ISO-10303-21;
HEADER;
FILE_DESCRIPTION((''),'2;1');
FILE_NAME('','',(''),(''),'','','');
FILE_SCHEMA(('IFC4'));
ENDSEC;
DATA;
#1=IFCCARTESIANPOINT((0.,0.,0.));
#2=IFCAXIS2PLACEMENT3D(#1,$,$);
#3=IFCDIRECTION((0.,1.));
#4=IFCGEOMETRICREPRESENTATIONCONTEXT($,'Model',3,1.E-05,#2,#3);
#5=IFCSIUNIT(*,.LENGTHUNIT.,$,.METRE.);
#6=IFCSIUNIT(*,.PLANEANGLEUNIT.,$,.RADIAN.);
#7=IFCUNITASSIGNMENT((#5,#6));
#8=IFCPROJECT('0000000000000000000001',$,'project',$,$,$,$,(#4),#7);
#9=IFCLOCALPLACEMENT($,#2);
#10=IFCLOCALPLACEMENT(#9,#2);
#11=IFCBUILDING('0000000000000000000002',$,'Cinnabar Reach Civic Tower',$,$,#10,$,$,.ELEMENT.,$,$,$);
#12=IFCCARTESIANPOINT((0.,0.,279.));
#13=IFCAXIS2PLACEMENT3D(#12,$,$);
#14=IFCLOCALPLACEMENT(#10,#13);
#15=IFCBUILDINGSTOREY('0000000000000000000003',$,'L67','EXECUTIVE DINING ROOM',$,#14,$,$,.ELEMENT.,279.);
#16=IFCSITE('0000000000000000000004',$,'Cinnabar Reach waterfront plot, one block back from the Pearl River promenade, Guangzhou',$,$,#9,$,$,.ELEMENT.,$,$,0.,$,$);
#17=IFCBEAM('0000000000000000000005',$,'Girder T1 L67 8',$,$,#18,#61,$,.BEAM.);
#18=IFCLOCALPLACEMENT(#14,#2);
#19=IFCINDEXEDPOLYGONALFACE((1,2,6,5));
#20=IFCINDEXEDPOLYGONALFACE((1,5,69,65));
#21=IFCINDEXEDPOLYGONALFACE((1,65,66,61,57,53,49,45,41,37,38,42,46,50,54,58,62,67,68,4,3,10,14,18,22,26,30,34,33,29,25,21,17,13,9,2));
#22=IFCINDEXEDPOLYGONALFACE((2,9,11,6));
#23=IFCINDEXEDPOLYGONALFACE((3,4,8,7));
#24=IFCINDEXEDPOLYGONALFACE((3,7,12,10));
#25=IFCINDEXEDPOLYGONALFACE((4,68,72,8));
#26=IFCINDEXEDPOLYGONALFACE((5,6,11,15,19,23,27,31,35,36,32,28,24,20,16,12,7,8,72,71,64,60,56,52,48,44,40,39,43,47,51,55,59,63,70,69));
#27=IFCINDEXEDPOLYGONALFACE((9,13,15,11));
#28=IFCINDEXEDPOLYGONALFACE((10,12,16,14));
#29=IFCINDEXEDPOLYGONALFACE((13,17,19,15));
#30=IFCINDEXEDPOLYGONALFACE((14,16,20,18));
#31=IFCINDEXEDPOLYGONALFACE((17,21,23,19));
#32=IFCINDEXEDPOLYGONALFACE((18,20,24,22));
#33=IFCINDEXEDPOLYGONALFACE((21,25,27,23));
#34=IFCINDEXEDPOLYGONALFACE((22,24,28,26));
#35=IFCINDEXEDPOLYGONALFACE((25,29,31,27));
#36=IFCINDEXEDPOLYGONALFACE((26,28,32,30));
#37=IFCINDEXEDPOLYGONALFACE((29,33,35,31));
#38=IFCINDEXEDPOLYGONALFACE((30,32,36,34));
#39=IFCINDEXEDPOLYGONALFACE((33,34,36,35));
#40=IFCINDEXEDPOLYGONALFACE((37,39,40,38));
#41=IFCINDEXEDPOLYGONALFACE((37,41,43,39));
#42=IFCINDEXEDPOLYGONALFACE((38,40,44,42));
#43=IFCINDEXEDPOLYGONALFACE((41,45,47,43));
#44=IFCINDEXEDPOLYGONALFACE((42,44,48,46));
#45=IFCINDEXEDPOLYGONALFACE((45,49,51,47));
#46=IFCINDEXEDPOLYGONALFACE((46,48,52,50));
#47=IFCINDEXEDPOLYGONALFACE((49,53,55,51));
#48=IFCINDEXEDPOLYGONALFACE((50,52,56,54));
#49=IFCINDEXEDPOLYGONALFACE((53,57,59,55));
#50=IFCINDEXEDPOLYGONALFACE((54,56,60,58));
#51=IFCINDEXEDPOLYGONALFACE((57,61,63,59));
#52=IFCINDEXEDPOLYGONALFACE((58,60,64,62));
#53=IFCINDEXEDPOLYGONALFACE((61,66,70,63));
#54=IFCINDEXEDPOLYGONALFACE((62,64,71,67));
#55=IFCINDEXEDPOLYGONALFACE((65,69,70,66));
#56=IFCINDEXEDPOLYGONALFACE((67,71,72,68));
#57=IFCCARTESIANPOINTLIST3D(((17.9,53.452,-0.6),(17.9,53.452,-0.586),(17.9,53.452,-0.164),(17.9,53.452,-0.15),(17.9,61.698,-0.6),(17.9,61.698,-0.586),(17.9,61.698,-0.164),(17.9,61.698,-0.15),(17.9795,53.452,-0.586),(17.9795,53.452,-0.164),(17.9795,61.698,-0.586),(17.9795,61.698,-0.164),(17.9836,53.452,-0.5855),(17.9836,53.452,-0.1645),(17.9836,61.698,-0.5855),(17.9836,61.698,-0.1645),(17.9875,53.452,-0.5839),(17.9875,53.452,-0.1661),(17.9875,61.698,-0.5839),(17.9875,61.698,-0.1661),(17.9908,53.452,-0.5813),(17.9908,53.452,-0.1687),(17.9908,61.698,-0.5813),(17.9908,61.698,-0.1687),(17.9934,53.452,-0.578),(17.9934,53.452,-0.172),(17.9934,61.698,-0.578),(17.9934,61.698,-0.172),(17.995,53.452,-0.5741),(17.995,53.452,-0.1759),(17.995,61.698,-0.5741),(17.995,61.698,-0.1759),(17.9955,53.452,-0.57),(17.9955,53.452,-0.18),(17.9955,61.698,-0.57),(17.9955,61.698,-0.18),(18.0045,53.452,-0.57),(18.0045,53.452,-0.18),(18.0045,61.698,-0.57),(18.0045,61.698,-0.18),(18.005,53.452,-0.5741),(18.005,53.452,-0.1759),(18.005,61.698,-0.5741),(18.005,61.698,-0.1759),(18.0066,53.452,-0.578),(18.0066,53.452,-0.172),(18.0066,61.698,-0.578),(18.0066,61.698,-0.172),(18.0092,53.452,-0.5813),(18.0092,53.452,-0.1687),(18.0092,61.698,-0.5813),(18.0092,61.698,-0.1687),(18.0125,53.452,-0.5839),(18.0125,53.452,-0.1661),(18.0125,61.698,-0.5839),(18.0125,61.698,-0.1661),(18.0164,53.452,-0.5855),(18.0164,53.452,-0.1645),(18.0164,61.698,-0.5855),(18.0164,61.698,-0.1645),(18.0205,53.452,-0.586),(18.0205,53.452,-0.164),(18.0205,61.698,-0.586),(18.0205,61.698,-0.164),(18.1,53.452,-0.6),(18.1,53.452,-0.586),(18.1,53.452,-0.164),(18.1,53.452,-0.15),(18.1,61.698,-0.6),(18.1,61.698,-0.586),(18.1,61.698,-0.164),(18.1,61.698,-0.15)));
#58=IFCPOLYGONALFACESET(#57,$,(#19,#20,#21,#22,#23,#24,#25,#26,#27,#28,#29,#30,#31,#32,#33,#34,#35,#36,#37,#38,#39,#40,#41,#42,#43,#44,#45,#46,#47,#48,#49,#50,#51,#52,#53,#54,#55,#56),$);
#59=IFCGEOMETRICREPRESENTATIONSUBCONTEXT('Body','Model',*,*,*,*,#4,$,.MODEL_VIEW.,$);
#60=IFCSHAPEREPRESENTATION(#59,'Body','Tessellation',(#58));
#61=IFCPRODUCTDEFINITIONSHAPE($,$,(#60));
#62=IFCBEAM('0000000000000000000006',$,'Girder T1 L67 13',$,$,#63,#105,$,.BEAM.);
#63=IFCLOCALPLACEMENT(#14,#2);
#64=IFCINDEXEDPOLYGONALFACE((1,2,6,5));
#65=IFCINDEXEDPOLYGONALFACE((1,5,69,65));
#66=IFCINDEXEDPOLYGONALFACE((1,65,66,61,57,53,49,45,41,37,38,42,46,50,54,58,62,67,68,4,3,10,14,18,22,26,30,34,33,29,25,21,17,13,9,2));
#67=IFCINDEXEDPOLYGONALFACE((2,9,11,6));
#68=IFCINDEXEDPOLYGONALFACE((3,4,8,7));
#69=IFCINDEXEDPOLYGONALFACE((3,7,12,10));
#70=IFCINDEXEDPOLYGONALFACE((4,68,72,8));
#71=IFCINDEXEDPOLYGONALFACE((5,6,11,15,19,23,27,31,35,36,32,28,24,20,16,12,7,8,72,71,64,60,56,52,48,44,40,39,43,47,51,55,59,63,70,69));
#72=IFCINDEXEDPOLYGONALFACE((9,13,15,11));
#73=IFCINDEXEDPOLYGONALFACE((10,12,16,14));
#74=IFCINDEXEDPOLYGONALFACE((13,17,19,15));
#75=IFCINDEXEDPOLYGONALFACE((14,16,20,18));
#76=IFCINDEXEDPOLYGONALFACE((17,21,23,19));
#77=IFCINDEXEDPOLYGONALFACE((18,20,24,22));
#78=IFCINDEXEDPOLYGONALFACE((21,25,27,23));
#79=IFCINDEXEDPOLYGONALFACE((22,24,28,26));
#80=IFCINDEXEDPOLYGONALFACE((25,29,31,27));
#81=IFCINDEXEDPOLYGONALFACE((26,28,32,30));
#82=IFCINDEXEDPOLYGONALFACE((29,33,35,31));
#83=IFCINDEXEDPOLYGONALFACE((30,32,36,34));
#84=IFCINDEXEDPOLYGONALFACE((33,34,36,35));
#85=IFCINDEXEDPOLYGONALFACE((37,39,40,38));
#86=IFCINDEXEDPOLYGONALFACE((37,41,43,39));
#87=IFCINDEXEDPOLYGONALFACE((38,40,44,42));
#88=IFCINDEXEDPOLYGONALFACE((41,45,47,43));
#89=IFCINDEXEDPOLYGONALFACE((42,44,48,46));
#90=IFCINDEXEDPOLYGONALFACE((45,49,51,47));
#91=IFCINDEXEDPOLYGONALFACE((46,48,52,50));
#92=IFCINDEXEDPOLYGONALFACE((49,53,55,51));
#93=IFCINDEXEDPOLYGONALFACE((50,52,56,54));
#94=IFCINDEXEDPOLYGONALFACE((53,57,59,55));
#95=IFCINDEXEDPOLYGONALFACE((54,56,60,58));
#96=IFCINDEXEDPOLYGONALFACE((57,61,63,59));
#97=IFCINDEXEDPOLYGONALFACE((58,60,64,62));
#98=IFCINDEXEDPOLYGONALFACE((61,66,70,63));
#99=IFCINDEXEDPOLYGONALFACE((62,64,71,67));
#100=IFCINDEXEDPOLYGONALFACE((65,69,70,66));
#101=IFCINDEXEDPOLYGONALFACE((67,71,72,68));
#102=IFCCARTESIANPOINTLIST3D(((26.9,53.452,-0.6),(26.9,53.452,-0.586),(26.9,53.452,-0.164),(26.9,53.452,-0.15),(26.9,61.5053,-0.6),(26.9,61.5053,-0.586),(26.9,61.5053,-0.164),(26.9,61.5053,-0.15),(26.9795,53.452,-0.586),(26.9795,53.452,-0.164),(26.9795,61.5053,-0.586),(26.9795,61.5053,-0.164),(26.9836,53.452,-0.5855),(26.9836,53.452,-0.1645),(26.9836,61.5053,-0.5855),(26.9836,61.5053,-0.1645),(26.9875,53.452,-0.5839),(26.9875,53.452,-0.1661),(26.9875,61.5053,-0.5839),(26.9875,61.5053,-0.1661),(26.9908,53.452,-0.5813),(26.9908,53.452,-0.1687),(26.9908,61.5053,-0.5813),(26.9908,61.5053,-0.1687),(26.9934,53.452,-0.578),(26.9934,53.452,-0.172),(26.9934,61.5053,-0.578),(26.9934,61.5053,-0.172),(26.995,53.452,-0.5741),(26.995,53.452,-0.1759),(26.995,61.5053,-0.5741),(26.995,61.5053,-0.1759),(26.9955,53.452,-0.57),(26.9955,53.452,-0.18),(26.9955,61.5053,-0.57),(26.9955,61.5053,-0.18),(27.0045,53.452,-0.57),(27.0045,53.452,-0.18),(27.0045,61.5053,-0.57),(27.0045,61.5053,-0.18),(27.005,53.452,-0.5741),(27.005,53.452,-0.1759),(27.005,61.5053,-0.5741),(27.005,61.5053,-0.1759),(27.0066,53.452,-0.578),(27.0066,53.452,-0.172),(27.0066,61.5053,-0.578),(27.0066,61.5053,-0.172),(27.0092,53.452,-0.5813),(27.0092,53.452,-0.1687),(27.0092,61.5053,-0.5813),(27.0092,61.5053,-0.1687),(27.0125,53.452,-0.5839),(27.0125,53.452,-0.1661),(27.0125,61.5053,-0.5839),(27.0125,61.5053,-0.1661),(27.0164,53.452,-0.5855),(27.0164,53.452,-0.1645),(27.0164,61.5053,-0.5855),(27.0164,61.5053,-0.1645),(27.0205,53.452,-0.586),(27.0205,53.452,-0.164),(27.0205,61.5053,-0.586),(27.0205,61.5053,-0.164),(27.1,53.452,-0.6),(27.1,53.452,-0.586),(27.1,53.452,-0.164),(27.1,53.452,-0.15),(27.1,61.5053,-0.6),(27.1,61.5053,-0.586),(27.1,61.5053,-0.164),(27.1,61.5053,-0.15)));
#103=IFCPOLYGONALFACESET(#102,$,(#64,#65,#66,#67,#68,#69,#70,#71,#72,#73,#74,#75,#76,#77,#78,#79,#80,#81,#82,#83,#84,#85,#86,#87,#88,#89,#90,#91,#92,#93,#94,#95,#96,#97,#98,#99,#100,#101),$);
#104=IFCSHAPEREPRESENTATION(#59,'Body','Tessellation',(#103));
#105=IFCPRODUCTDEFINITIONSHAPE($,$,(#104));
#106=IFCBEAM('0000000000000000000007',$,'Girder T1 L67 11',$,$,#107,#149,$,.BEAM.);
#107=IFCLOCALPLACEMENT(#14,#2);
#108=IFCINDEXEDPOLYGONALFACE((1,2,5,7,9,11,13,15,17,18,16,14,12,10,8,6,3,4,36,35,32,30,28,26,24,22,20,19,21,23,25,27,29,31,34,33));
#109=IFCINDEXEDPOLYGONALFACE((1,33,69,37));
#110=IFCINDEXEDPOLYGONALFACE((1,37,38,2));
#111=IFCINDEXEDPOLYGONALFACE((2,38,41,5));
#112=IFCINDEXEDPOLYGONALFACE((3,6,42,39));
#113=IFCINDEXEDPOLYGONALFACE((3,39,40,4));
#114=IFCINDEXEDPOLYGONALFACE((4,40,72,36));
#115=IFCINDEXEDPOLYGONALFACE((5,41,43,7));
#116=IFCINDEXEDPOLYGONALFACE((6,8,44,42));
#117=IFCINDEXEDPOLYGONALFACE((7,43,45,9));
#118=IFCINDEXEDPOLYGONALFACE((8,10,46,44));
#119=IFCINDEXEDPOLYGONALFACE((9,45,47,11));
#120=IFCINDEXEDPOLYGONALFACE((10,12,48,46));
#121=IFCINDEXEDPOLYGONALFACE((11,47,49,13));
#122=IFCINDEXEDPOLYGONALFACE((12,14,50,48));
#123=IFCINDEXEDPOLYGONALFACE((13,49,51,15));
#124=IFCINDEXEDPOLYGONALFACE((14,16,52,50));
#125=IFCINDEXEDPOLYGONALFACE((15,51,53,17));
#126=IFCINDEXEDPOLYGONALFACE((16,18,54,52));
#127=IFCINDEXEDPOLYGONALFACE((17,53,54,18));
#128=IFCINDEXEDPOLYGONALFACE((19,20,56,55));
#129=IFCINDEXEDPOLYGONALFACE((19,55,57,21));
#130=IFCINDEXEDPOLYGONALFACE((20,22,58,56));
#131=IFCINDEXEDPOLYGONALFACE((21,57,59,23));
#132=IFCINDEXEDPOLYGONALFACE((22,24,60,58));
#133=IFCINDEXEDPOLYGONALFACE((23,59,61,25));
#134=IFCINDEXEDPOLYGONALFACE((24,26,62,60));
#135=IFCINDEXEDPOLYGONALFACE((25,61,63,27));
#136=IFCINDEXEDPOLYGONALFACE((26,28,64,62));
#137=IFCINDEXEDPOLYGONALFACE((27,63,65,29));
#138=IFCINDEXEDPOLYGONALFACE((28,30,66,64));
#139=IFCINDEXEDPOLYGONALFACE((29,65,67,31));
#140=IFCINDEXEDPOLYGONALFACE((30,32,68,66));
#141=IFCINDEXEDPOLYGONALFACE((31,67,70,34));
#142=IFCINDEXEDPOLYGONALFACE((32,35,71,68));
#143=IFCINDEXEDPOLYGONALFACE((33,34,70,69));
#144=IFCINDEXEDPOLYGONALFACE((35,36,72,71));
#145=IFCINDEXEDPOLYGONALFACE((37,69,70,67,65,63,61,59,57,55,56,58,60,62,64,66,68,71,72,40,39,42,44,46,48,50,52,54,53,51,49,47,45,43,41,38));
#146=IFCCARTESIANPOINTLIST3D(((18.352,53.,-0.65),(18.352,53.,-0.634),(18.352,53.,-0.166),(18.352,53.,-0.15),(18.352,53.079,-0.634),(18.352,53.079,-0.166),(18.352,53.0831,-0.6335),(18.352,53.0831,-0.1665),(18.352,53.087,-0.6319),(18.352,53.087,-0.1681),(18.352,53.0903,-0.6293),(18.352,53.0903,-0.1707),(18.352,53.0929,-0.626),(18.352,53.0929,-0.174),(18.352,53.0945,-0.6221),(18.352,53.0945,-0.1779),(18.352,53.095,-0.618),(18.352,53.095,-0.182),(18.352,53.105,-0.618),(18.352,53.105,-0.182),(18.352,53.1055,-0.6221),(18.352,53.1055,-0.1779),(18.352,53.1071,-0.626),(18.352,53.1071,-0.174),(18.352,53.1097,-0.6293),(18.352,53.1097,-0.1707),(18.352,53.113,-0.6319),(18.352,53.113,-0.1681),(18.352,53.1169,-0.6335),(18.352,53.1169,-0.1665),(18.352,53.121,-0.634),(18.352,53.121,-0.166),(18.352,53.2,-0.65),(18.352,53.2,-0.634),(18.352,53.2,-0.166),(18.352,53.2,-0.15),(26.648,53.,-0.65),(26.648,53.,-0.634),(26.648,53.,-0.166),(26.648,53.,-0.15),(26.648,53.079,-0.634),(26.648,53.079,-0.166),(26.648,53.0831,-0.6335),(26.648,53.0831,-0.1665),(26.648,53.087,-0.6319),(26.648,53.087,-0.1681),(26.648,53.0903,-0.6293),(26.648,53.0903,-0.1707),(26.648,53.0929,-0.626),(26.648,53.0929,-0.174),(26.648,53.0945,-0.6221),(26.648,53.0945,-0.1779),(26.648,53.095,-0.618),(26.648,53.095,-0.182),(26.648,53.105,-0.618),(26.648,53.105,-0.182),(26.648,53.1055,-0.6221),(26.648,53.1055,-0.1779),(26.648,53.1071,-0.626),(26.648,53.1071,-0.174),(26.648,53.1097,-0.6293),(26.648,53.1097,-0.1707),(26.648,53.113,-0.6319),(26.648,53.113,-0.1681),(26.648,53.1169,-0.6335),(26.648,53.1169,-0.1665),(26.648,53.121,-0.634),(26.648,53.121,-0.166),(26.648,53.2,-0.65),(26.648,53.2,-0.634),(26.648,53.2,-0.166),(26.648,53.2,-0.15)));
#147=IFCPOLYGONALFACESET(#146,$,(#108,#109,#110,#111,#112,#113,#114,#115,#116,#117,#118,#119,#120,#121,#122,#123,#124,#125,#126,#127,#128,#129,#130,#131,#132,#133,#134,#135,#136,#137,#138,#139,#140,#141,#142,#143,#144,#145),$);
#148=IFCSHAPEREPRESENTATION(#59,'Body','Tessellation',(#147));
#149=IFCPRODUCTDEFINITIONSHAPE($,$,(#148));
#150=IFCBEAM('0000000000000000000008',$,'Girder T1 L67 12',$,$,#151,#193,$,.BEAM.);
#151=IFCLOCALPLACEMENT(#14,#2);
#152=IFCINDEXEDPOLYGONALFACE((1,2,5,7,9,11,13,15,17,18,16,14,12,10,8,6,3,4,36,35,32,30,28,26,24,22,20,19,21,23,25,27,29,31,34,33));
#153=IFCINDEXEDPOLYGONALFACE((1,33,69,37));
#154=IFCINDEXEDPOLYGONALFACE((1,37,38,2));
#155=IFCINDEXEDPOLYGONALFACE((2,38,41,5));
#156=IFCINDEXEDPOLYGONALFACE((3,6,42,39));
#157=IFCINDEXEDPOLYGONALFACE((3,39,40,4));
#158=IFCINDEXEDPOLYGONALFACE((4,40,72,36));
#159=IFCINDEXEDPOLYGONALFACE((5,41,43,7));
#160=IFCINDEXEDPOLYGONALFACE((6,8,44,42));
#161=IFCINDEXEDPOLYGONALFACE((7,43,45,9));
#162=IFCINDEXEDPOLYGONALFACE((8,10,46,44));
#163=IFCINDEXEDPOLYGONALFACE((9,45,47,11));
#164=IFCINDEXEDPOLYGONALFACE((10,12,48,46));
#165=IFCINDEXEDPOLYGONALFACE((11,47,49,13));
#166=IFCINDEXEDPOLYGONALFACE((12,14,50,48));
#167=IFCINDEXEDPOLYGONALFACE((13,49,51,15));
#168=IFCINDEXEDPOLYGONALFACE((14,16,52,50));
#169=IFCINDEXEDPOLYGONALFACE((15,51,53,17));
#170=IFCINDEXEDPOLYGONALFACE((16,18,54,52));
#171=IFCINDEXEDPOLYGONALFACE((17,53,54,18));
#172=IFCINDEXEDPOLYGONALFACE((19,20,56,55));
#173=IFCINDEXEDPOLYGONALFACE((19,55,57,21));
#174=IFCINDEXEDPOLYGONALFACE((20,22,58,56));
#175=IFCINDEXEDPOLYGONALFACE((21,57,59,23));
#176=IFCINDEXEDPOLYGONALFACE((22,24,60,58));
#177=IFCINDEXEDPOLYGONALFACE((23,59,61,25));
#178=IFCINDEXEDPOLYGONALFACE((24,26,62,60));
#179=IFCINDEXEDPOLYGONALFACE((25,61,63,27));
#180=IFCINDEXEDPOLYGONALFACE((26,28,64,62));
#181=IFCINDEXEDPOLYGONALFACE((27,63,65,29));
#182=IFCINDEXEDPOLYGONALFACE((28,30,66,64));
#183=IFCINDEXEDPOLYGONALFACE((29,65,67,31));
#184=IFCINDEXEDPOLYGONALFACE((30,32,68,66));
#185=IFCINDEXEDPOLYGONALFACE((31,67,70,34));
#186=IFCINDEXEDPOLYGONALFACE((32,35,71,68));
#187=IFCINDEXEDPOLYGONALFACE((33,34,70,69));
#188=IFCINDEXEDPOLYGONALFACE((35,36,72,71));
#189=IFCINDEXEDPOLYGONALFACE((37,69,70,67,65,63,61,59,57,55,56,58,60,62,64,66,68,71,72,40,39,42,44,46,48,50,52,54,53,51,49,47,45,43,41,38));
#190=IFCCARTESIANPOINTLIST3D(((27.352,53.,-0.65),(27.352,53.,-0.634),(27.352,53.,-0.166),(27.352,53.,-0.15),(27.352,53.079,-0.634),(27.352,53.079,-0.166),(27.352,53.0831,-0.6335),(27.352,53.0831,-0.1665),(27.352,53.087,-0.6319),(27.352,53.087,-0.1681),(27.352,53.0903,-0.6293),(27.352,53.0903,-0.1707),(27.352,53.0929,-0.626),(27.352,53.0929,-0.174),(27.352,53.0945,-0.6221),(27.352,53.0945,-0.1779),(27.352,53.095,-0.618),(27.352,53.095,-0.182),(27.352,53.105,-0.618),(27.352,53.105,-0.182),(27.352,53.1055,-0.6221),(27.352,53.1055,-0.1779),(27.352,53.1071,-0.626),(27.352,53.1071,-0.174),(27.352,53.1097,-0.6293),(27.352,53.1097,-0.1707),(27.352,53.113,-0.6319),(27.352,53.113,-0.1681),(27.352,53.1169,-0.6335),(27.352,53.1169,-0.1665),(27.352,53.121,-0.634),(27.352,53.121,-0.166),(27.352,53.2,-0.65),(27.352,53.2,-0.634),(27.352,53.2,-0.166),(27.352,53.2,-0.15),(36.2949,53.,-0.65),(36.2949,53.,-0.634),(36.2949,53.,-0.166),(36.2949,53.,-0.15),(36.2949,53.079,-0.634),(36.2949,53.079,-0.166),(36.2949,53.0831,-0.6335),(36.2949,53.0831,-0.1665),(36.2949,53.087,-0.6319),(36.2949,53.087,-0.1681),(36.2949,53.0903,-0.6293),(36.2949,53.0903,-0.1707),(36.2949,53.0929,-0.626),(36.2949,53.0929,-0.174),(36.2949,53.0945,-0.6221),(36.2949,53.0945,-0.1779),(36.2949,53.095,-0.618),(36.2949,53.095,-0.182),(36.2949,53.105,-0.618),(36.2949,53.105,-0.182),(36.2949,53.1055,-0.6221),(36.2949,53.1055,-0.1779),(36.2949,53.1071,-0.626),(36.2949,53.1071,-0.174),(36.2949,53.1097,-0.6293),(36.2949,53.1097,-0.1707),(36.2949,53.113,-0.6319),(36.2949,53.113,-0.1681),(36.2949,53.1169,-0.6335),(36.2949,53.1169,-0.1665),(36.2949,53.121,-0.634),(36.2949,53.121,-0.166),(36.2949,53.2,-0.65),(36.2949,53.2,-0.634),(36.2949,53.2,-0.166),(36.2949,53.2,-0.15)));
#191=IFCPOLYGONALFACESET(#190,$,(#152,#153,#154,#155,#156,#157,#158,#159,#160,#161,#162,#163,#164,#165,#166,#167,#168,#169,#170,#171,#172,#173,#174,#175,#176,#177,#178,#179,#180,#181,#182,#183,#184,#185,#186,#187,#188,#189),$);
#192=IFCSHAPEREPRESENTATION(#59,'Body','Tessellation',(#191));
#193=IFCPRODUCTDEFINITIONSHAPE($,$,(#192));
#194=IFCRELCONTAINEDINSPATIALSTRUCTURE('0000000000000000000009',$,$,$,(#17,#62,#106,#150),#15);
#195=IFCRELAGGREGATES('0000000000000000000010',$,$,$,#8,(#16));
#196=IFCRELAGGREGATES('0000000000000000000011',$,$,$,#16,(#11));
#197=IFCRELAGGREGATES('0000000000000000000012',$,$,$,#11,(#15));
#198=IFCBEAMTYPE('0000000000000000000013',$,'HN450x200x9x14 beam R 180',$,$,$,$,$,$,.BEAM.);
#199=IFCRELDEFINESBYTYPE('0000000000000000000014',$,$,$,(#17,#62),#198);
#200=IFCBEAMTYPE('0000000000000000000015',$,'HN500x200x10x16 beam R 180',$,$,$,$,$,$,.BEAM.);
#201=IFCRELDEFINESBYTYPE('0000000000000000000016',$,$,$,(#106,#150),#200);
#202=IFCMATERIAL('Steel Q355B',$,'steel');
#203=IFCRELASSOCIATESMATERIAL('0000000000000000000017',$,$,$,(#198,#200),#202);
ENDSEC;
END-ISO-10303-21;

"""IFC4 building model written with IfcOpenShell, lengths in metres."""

from ifc_helpers import new_model, si_unit, direction, frame, origin, origin_2d, place, context, subcontext, project, spatial, i_section, extrude, material, material_profile, profile_set, type_object, element, save


model = new_model("IFC4")

# Units and contexts
model_context = context("Model", 3, precision=1e-05, world=origin(), true_north=direction((0.0, 1.0)))
body_context = subcontext(model_context, "Body", "Model", "MODEL_VIEW")
ifc_project = project(units=[si_unit("LENGTHUNIT", "METRE"), si_unit("PLANEANGLEUNIT", "RADIAN")], contexts=[model_context])

# Site, building, storey
site_placement = place(None, origin())
site = spatial("IfcSite", under=ifc_project, at=site_placement, Name="Cinnabar Reach waterfront plot, one block back from the Pearl River promenade, Guangzhou", CompositionType="ELEMENT", RefElevation=0.0)
building_placement = place(site_placement, origin())
building = spatial("IfcBuilding", under=site, at=building_placement, Name="Cinnabar Reach Civic Tower", CompositionType="ELEMENT")
storey_placement = place(building_placement, frame((0.0, 0.0, 279.0)))
storey = spatial("IfcBuildingStorey", under=building, at=storey_placement, Name="L67", Description="EXECUTIVE DINING ROOM", CompositionType="ELEMENT", Elevation=279.0)

# Beams
ifc_material_1 = material(Name="Steel Q355B", Category="steel")
ifc_material_profile_1 = material_profile(ifc_material_1, i_section(OverallWidth=0.2, OverallDepth=0.45, WebThickness=0.009, FlangeThickness=0.014, FilletRadius=0.016, at=origin_2d()), Name="HN450x200x9x14")
ifc_profile_set_1 = profile_set([ifc_material_profile_1], Name="Steel Q355B")
beam_type_1 = type_object("IfcBeamType", Name="HN450x200x9x14 beam R 180", PredefinedType="BEAM", material=ifc_profile_set_1)
beam_1_placement = place(storey_placement, frame((18.0, 53.452, -0.375), z_axis=(0.0, 1.0, 0.0), x_axis=(-1.0, 0.0, 0.0)))
element("IfcBeam", 1, at=beam_1_placement, inside=storey, type_object=beam_type_1, Name="Girder T1 L67 8", PredefinedType="BEAM", context=body_context, shape_type="SweptSolid", body=[
    extrude(i_section(OverallWidth=0.2, OverallDepth=0.45, WebThickness=0.009, FlangeThickness=0.014, FilletRadius=0.016, at=origin_2d()), origin(), (0.0, 0.0, 1.0), 8.246),
])
beam_2_placement = place(storey_placement, frame((27.0, 53.452, -0.375), z_axis=(0.0, 1.0, 0.0), x_axis=(-1.0, 0.0, 0.0)))
element("IfcBeam", 2, at=beam_2_placement, inside=storey, type_object=beam_type_1, Name="Girder T1 L67 13", PredefinedType="BEAM", context=body_context, shape_type="SweptSolid", body=[
    extrude(i_section(OverallWidth=0.2, OverallDepth=0.45, WebThickness=0.009, FlangeThickness=0.014, FilletRadius=0.016, at=origin_2d()), origin(), (0.0, 0.0, 1.0), 8.0533),
])
ifc_material_profile_2 = material_profile(ifc_material_1, i_section(OverallWidth=0.2, OverallDepth=0.5, WebThickness=0.01, FlangeThickness=0.016, FilletRadius=0.016, at=origin_2d()), Name="HN500x200x10x16")
ifc_profile_set_2 = profile_set([ifc_material_profile_2], Name="Steel Q355B")
beam_type_2 = type_object("IfcBeamType", Name="HN500x200x10x16 beam R 180", PredefinedType="BEAM", material=ifc_profile_set_2)
beam_3_placement = place(storey_placement, frame((18.352, 53.1, -0.4), z_axis=(1.0, 0.0, 0.0), x_axis=(0.0, 1.0, 0.0)))
element("IfcBeam", 3, at=beam_3_placement, inside=storey, type_object=beam_type_2, Name="Girder T1 L67 11", PredefinedType="BEAM", context=body_context, shape_type="SweptSolid", body=[
    extrude(i_section(OverallWidth=0.2, OverallDepth=0.5, WebThickness=0.01, FlangeThickness=0.016, FilletRadius=0.016, at=origin_2d()), origin(), (0.0, 0.0, 1.0), 8.296),
])
beam_4_placement = place(storey_placement, frame((27.352, 53.1, -0.4), z_axis=(1.0, 0.0, 0.0), x_axis=(0.0, 1.0, 0.0)))
element("IfcBeam", 4, at=beam_4_placement, inside=storey, type_object=beam_type_2, Name="Girder T1 L67 12", PredefinedType="BEAM", context=body_context, shape_type="SweptSolid", body=[
    extrude(i_section(OverallWidth=0.2, OverallDepth=0.5, WebThickness=0.01, FlangeThickness=0.016, FilletRadius=0.016, at=origin_2d()), origin(), (0.0, 0.0, 1.0), 8.9429),
])

save(model, "model.ifc")
